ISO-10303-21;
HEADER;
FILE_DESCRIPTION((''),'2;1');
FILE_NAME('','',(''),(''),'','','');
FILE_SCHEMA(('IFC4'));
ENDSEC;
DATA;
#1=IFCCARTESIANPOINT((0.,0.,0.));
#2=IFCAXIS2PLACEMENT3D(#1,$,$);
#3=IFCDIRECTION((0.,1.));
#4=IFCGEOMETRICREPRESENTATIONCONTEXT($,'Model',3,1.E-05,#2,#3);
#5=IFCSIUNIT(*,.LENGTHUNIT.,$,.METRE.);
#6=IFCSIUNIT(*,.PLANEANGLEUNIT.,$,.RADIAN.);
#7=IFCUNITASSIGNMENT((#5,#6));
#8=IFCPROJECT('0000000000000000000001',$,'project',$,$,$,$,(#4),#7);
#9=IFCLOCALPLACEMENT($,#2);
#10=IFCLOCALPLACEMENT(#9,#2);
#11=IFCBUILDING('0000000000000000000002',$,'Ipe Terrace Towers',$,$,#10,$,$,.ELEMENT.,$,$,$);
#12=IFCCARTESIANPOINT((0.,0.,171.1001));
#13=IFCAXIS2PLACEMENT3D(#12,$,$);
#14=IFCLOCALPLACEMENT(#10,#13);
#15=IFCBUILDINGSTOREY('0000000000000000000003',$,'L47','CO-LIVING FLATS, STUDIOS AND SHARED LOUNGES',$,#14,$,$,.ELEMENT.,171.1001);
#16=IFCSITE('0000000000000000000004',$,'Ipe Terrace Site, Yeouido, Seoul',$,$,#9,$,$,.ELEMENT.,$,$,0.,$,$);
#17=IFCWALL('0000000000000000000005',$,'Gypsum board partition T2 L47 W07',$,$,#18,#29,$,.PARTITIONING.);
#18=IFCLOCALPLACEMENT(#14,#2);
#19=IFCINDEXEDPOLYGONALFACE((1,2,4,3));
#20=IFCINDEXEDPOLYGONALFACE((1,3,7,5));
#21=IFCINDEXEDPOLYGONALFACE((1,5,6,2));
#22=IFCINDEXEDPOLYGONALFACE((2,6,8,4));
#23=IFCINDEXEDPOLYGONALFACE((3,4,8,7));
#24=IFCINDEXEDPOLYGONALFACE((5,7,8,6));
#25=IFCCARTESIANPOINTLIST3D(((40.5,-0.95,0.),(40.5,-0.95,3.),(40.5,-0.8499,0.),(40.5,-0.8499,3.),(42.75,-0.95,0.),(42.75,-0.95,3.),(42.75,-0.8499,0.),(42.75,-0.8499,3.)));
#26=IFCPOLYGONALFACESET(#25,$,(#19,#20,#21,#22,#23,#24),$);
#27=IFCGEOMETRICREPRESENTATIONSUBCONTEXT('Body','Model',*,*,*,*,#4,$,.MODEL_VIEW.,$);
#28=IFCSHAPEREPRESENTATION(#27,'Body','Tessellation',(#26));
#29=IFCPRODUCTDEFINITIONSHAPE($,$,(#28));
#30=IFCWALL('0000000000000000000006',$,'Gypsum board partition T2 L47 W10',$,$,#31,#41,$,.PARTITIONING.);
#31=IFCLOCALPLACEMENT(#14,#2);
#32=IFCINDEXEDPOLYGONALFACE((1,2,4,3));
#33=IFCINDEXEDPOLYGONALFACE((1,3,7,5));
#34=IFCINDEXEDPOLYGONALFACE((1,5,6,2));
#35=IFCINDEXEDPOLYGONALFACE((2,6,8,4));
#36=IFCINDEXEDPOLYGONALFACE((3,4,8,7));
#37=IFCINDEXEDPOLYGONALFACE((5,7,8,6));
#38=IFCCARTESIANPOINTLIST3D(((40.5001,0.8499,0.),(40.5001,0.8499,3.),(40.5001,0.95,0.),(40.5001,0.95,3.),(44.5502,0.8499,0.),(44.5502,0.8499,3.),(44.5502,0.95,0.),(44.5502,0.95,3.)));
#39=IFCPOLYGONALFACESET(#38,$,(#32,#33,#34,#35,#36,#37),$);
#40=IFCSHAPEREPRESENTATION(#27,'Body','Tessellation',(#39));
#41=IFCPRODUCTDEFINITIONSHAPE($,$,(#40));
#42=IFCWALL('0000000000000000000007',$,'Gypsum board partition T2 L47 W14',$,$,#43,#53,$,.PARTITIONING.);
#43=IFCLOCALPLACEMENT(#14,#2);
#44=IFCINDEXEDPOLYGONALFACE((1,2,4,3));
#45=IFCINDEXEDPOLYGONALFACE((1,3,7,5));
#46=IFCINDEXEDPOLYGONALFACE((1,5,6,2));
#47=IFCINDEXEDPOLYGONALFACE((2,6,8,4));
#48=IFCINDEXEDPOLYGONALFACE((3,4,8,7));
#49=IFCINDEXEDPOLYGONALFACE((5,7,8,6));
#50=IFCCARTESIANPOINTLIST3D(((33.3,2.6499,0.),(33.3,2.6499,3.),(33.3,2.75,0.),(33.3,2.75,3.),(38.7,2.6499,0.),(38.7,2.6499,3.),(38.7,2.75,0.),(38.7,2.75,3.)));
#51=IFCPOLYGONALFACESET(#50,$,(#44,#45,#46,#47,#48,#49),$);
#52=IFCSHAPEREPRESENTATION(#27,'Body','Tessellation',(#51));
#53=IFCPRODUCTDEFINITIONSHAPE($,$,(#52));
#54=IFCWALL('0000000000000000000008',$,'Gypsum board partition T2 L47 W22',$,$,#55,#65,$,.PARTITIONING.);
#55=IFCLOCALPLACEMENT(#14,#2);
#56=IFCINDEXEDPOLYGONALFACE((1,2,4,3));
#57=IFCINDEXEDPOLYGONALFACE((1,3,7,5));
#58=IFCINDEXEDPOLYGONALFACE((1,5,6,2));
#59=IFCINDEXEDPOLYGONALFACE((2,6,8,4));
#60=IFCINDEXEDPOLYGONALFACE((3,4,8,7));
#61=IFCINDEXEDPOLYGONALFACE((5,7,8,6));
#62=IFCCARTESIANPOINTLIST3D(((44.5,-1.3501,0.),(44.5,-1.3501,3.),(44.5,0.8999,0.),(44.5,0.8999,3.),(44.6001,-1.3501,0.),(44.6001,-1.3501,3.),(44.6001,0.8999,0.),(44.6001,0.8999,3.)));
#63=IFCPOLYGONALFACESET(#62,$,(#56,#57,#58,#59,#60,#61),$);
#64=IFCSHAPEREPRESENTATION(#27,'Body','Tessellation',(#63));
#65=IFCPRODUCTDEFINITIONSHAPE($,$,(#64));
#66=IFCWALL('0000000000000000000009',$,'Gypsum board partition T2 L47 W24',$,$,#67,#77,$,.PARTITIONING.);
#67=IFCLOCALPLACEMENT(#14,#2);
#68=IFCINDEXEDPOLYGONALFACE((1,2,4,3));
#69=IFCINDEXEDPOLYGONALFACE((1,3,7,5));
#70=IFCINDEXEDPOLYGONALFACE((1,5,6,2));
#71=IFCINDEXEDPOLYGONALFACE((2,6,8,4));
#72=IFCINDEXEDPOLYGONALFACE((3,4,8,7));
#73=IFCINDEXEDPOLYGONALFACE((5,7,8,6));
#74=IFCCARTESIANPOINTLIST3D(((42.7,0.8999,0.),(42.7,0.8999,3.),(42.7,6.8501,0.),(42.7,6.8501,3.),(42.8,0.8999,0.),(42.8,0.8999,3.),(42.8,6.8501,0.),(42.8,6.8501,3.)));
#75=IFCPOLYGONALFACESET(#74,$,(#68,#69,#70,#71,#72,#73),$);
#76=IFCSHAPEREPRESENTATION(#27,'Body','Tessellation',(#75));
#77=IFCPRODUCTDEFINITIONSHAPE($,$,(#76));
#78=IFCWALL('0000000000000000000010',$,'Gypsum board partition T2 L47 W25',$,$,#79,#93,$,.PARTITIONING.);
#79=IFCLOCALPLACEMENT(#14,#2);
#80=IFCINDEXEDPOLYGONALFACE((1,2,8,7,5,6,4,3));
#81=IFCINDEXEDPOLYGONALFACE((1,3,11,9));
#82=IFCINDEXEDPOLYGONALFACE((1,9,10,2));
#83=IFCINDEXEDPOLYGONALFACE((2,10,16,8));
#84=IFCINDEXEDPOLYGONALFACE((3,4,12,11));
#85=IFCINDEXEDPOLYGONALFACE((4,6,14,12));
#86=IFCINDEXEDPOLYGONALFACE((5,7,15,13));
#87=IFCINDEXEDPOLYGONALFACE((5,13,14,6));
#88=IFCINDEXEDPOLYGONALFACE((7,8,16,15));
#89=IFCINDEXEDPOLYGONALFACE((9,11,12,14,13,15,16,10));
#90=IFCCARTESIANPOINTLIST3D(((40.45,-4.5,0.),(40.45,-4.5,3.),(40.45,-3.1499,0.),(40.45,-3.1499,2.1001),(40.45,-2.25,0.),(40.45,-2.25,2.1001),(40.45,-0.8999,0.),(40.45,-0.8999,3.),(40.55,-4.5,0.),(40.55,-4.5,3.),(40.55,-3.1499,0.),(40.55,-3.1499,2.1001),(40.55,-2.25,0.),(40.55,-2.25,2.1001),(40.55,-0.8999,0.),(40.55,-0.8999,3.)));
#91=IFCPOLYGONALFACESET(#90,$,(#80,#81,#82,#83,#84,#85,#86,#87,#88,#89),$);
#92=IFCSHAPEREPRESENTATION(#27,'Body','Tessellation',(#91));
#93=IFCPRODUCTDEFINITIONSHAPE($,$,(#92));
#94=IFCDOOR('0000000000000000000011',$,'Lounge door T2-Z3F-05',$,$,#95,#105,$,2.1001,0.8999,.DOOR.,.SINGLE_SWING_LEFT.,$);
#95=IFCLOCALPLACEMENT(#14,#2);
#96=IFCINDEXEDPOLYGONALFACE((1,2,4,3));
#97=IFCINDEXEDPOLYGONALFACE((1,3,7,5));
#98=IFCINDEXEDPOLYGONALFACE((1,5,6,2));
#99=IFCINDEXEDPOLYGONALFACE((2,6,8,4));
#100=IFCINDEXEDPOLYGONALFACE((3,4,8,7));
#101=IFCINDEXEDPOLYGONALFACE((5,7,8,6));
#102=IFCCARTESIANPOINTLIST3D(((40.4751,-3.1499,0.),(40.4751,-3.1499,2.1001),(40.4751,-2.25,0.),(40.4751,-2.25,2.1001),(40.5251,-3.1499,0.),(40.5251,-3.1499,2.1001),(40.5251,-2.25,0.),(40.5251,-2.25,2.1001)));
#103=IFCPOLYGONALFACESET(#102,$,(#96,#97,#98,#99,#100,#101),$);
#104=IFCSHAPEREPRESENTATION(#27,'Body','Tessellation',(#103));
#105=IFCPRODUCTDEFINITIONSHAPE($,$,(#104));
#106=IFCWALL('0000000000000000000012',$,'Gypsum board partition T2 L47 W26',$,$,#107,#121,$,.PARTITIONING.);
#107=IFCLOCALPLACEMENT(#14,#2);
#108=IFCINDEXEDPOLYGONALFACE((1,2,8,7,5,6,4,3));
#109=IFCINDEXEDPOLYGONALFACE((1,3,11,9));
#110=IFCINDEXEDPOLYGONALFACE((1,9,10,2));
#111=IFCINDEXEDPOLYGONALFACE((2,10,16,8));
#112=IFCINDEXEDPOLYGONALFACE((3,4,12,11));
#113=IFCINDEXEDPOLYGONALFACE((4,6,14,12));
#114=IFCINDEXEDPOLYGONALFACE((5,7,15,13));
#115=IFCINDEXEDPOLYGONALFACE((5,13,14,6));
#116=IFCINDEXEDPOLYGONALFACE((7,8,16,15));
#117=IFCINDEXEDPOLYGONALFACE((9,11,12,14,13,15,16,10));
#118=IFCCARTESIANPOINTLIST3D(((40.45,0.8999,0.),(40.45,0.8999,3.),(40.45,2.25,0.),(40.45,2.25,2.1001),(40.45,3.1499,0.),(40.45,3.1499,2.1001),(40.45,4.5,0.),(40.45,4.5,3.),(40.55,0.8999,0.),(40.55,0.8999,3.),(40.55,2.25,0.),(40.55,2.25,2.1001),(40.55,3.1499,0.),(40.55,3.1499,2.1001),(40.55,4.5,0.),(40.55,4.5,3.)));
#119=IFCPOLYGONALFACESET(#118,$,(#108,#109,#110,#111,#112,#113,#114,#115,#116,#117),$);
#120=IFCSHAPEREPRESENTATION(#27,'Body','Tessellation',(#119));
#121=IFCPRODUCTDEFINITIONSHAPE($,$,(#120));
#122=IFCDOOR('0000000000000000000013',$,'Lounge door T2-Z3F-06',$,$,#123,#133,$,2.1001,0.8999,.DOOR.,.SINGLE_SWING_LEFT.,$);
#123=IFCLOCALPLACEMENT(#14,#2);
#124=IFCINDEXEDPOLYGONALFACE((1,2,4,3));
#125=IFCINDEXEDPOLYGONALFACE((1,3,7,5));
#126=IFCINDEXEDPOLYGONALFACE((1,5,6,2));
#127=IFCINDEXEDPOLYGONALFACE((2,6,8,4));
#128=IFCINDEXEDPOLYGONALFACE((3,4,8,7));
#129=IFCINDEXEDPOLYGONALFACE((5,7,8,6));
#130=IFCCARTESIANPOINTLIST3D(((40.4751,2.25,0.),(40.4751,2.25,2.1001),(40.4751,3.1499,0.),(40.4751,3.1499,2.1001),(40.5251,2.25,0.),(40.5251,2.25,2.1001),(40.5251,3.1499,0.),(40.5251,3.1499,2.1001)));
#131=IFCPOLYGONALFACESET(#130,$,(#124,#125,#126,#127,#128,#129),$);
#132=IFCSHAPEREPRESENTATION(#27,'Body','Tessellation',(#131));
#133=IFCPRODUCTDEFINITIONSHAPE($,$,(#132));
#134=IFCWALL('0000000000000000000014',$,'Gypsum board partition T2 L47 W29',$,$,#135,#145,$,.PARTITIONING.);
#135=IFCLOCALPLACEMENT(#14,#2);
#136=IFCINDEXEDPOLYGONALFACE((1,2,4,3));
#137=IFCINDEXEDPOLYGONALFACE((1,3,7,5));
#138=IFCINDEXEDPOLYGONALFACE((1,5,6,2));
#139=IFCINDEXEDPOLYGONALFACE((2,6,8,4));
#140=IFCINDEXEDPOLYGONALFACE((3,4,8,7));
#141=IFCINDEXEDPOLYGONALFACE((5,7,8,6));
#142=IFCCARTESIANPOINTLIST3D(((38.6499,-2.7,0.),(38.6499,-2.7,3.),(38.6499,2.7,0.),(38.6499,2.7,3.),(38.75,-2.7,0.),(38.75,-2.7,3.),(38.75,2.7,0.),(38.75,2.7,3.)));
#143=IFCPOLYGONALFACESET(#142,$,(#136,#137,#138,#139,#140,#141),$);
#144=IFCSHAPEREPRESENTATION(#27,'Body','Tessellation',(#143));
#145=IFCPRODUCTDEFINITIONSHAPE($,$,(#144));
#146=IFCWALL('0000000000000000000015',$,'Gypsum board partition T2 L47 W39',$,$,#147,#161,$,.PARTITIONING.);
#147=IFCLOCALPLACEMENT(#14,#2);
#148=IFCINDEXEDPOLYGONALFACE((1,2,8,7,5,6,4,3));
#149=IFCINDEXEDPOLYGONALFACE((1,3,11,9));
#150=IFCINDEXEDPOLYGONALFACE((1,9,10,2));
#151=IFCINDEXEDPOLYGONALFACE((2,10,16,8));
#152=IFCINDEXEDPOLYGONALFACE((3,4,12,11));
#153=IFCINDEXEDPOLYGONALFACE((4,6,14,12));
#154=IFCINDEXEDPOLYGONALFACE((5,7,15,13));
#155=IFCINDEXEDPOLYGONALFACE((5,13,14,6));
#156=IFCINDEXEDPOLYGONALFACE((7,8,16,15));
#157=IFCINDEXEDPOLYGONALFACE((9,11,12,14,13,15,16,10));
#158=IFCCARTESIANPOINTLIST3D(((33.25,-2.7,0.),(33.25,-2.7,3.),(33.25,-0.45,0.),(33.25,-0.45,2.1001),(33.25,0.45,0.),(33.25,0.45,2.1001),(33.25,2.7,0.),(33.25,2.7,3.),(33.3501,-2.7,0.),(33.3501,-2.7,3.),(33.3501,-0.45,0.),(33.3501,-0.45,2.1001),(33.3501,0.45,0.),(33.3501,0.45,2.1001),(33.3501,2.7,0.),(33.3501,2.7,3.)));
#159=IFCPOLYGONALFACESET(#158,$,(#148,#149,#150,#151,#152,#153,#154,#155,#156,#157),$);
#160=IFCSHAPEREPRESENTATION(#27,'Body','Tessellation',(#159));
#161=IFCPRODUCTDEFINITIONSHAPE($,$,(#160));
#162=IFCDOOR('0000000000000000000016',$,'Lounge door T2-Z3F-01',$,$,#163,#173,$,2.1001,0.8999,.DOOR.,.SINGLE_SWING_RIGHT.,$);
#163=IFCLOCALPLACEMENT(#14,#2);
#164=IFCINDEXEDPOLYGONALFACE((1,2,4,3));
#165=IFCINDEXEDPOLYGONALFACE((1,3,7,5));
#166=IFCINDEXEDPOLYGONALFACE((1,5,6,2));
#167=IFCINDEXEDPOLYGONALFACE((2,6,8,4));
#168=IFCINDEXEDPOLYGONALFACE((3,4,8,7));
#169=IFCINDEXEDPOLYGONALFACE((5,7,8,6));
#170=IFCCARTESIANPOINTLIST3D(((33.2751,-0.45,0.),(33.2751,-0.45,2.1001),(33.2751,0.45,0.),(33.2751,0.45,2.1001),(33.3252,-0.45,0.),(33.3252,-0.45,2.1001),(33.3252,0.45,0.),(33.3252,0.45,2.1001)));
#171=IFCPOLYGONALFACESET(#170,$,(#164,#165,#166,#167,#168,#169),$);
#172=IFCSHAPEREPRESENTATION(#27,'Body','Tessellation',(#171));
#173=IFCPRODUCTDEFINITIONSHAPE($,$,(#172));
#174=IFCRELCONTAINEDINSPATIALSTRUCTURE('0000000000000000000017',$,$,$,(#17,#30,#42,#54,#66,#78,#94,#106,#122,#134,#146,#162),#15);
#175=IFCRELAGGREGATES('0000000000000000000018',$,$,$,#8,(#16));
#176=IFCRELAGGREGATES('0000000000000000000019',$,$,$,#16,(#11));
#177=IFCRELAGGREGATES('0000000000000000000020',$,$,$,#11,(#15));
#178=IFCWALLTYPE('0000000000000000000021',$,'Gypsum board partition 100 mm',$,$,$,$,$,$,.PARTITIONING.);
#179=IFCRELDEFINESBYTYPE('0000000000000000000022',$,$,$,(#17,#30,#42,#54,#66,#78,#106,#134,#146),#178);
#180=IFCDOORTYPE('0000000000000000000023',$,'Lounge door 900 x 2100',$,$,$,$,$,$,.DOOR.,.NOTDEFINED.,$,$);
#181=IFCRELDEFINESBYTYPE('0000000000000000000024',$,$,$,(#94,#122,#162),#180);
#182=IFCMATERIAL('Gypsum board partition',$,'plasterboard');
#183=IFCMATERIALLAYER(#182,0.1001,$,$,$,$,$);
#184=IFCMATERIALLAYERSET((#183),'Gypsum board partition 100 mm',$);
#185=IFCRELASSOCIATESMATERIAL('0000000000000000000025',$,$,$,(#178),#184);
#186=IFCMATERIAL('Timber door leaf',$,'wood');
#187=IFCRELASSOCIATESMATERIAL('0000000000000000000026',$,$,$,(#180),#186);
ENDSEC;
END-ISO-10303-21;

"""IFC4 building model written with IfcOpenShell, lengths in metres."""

from ifc_helpers import new_model, si_unit, direction, frame, frame_2d, origin, place, context, subcontext, project, spatial, rectangle, extrude, material, layer, layer_set, type_object, element, fill, save


model = new_model("IFC4")

# Units and contexts
model_context = context("Model", 3, precision=1e-05, world=origin(), true_north=direction((0.0, 1.0)))
body_context = subcontext(model_context, "Body", "Model", "MODEL_VIEW")
ifc_project = project(units=[si_unit("LENGTHUNIT", "METRE"), si_unit("PLANEANGLEUNIT", "RADIAN")], contexts=[model_context])

# Site, building, storey
site_placement = place(None, origin())
site = spatial("IfcSite", under=ifc_project, at=site_placement, Name="Ipe Terrace Site, Yeouido, Seoul", CompositionType="ELEMENT", RefElevation=0.0)
building_placement = place(site_placement, origin())
building = spatial("IfcBuilding", under=site, at=building_placement, Name="Ipe Terrace Towers", CompositionType="ELEMENT")
storey_placement = place(building_placement, frame((0.0, 0.0, 171.1001)))
storey = spatial("IfcBuildingStorey", under=building, at=storey_placement, Name="L47", Description="CO-LIVING FLATS, STUDIOS AND SHARED LOUNGES", CompositionType="ELEMENT", Elevation=171.1001)

# Shared definitions
ifc_material_1 = material(Name="Gypsum board partition", Category="plasterboard")
ifc_layer_1 = layer(ifc_material_1, 0.1001)
ifc_layer_set_1 = layer_set([ifc_layer_1], Name="Gypsum board partition 100 mm")
wall_type_1 = type_object("IfcWallType", Name="Gypsum board partition 100 mm", PredefinedType="PARTITIONING", material=ifc_layer_set_1)

# Shared definitions
ifc_material_2 = material(Name="Timber door leaf", Category="wood")
door_type = type_object("IfcDoorType", Name="Lounge door 900 x 2100", OperationType="NOTDEFINED", PredefinedType="DOOR", material=ifc_material_2)

# Walls
wall_1_placement = place(storey_placement, frame((42.75, -0.8999, 0.0), z_axis=(0.0, 0.0, 1.0), x_axis=(-1.0, 0.0, 0.0)))
element("IfcWall", 1, at=wall_1_placement, inside=storey, type_object=wall_type_1, Name="Gypsum board partition T2 L47 W07", PredefinedType="PARTITIONING", context=body_context, shape_type="SweptSolid", body=[
    extrude(rectangle(XDim=2.25, YDim=0.1001, at=frame_2d((1.125, 0.0))), origin(), (0.0, 0.0, 1.0), 3.0),
])
wall_2_placement = place(storey_placement, frame((44.55, 0.8999, 0.0), z_axis=(0.0, 0.0, 1.0), x_axis=(-1.0, 0.0, 0.0)))
element("IfcWall", 2, at=wall_2_placement, inside=storey, type_object=wall_type_1, Name="Gypsum board partition T2 L47 W10", PredefinedType="PARTITIONING", context=body_context, shape_type="SweptSolid", body=[
    extrude(rectangle(XDim=4.05, YDim=0.1001, at=frame_2d((2.0249, 0.0))), origin(), (0.0, 0.0, 1.0), 3.0),
])
wall_3_placement = place(storey_placement, frame((38.7, 2.7, 0.0), z_axis=(0.0, 0.0, 1.0), x_axis=(-1.0, 0.0, 0.0)))
element("IfcWall", 3, at=wall_3_placement, inside=storey, type_object=wall_type_1, Name="Gypsum board partition T2 L47 W14", PredefinedType="PARTITIONING", context=body_context, shape_type="SweptSolid", body=[
    extrude(rectangle(XDim=5.3999, YDim=0.1001, at=frame_2d((2.7, 0.0))), origin(), (0.0, 0.0, 1.0), 3.0),
])
wall_4_placement = place(storey_placement, frame((44.55, -1.3501, 0.0), z_axis=(0.0, 0.0, 1.0), x_axis=(0.0, 1.0, 0.0)))
element("IfcWall", 4, at=wall_4_placement, inside=storey, type_object=wall_type_1, Name="Gypsum board partition T2 L47 W22", PredefinedType="PARTITIONING", context=body_context, shape_type="SweptSolid", body=[
    extrude(rectangle(XDim=2.25, YDim=0.1001, at=frame_2d((1.125, 0.0))), origin(), (0.0, 0.0, 1.0), 3.0),
])
wall_5_placement = place(storey_placement, frame((42.75, 0.8999, 0.0), z_axis=(0.0, 0.0, 1.0), x_axis=(0.0, 1.0, 0.0)))
element("IfcWall", 5, at=wall_5_placement, inside=storey, type_object=wall_type_1, Name="Gypsum board partition T2 L47 W24", PredefinedType="PARTITIONING", context=body_context, shape_type="SweptSolid", body=[
    extrude(rectangle(XDim=5.9502, YDim=0.1001, at=frame_2d((2.9751, 0.0))), origin(), (0.0, 0.0, 1.0), 3.0),
])

# Walls, openings, doors
wall_6_placement = place(storey_placement, frame((40.5, -4.5, 0.0), z_axis=(0.0, 0.0, 1.0), x_axis=(0.0, 1.0, 0.0)))
wall_6 = element("IfcWall", 6, at=wall_6_placement, inside=storey, type_object=wall_type_1, Name="Gypsum board partition T2 L47 W25", PredefinedType="PARTITIONING", context=body_context, shape_type="SweptSolid", body=[
    extrude(rectangle(XDim=3.6001, YDim=0.1001, at=frame_2d((1.8, 0.0))), origin(), (0.0, 0.0, 1.0), 3.0),
])
opening_1_placement = place(wall_6_placement, frame((1.3501, 0.0, 0.0)))
opening_1 = element("IfcOpeningElement", 7, at=opening_1_placement, cuts=wall_6, PredefinedType="OPENING", context=body_context, shape_type="SweptSolid", body=[
    extrude(rectangle(XDim=0.8999, YDim=2.1001, at=frame_2d((0.45, 1.05))), frame((0.0, 0.0601, 0.0), z_axis=(0.0, -1.0, 0.0), x_axis=(1.0, 0.0, 0.0)), (0.0, 0.0, 1.0), 0.1201),
])
door_1_placement = place(opening_1_placement, origin())
door_1 = element("IfcDoor", 8, at=door_1_placement, inside=storey, type_object=door_type, Name="Lounge door T2-Z3F-05", OperationType="SINGLE_SWING_LEFT", OverallHeight=2.1001, OverallWidth=0.8999, PredefinedType="DOOR", context=body_context, shape_type="SweptSolid", body=[
    extrude(rectangle(XDim=0.8999, YDim=2.1001, at=frame_2d((0.45, 1.05))), frame((0.0, 0.0249, 0.0), z_axis=(0.0, -1.0, 0.0), x_axis=(1.0, 0.0, 0.0)), (0.0, 0.0, 1.0), 0.05),
])
fill(opening_1, door_1)
wall_7_placement = place(storey_placement, frame((40.5, 0.8999, 0.0), z_axis=(0.0, 0.0, 1.0), x_axis=(0.0, 1.0, 0.0)))
wall_7 = element("IfcWall", 9, at=wall_7_placement, inside=storey, type_object=wall_type_1, Name="Gypsum board partition T2 L47 W26", PredefinedType="PARTITIONING", context=body_context, shape_type="SweptSolid", body=[
    extrude(rectangle(XDim=3.6001, YDim=0.1001, at=frame_2d((1.8, 0.0))), origin(), (0.0, 0.0, 1.0), 3.0),
])
opening_2_placement = place(wall_7_placement, frame((1.3501, 0.0, 0.0)))
opening_2 = element("IfcOpeningElement", 10, at=opening_2_placement, cuts=wall_7, PredefinedType="OPENING", context=body_context, shape_type="SweptSolid", body=[
    extrude(rectangle(XDim=0.8999, YDim=2.1001, at=frame_2d((0.45, 1.05))), frame((0.0, 0.0601, 0.0), z_axis=(0.0, -1.0, 0.0), x_axis=(1.0, 0.0, 0.0)), (0.0, 0.0, 1.0), 0.1201),
])
door_2_placement = place(opening_2_placement, origin())
door_2 = element("IfcDoor", 11, at=door_2_placement, inside=storey, type_object=door_type, Name="Lounge door T2-Z3F-06", OperationType="SINGLE_SWING_LEFT", OverallHeight=2.1001, OverallWidth=0.8999, PredefinedType="DOOR", context=body_context, shape_type="SweptSolid", body=[
    extrude(rectangle(XDim=0.8999, YDim=2.1001, at=frame_2d((0.45, 1.05))), frame((0.0, 0.0249, 0.0), z_axis=(0.0, -1.0, 0.0), x_axis=(1.0, 0.0, 0.0)), (0.0, 0.0, 1.0), 0.05),
])
fill(opening_2, door_2)

# Wall
wall_8_placement = place(storey_placement, frame((38.7, -2.7, 0.0), z_axis=(0.0, 0.0, 1.0), x_axis=(0.0, 1.0, 0.0)))
element("IfcWall", 12, at=wall_8_placement, inside=storey, type_object=wall_type_1, Name="Gypsum board partition T2 L47 W29", PredefinedType="PARTITIONING", context=body_context, shape_type="SweptSolid", body=[
    extrude(rectangle(XDim=5.3999, YDim=0.1001, at=frame_2d((2.7, 0.0))), origin(), (0.0, 0.0, 1.0), 3.0),
])

# Wall, opening, door
wall_9_placement = place(storey_placement, frame((33.3, -2.7, 0.0), z_axis=(0.0, 0.0, 1.0), x_axis=(0.0, 1.0, 0.0)))
wall_9 = element("IfcWall", 13, at=wall_9_placement, inside=storey, type_object=wall_type_1, Name="Gypsum board partition T2 L47 W39", PredefinedType="PARTITIONING", context=body_context, shape_type="SweptSolid", body=[
    extrude(rectangle(XDim=5.3999, YDim=0.1001, at=frame_2d((2.7, 0.0))), origin(), (0.0, 0.0, 1.0), 3.0),
])
opening_3_placement = place(wall_9_placement, frame((2.25, 0.0, 0.0)))
opening_3 = element("IfcOpeningElement", 14, at=opening_3_placement, cuts=wall_9, PredefinedType="OPENING", context=body_context, shape_type="SweptSolid", body=[
    extrude(rectangle(XDim=0.8999, YDim=2.1001, at=frame_2d((0.45, 1.05))), frame((0.0, 0.0601, 0.0), z_axis=(0.0, -1.0, 0.0), x_axis=(1.0, 0.0, 0.0)), (0.0, 0.0, 1.0), 0.1201),
])
door_3_placement = place(opening_3_placement, origin())
door_3 = element("IfcDoor", 15, at=door_3_placement, inside=storey, type_object=door_type, Name="Lounge door T2-Z3F-01", OperationType="SINGLE_SWING_RIGHT", OverallHeight=2.1001, OverallWidth=0.8999, PredefinedType="DOOR", context=body_context, shape_type="SweptSolid", body=[
    extrude(rectangle(XDim=0.8999, YDim=2.1001, at=frame_2d((0.45, 1.05))), frame((0.0, 0.0249, 0.0), z_axis=(0.0, -1.0, 0.0), x_axis=(1.0, 0.0, 0.0)), (0.0, 0.0, 1.0), 0.05),
])
fill(opening_3, door_3)

save(model, "model.ifc")
